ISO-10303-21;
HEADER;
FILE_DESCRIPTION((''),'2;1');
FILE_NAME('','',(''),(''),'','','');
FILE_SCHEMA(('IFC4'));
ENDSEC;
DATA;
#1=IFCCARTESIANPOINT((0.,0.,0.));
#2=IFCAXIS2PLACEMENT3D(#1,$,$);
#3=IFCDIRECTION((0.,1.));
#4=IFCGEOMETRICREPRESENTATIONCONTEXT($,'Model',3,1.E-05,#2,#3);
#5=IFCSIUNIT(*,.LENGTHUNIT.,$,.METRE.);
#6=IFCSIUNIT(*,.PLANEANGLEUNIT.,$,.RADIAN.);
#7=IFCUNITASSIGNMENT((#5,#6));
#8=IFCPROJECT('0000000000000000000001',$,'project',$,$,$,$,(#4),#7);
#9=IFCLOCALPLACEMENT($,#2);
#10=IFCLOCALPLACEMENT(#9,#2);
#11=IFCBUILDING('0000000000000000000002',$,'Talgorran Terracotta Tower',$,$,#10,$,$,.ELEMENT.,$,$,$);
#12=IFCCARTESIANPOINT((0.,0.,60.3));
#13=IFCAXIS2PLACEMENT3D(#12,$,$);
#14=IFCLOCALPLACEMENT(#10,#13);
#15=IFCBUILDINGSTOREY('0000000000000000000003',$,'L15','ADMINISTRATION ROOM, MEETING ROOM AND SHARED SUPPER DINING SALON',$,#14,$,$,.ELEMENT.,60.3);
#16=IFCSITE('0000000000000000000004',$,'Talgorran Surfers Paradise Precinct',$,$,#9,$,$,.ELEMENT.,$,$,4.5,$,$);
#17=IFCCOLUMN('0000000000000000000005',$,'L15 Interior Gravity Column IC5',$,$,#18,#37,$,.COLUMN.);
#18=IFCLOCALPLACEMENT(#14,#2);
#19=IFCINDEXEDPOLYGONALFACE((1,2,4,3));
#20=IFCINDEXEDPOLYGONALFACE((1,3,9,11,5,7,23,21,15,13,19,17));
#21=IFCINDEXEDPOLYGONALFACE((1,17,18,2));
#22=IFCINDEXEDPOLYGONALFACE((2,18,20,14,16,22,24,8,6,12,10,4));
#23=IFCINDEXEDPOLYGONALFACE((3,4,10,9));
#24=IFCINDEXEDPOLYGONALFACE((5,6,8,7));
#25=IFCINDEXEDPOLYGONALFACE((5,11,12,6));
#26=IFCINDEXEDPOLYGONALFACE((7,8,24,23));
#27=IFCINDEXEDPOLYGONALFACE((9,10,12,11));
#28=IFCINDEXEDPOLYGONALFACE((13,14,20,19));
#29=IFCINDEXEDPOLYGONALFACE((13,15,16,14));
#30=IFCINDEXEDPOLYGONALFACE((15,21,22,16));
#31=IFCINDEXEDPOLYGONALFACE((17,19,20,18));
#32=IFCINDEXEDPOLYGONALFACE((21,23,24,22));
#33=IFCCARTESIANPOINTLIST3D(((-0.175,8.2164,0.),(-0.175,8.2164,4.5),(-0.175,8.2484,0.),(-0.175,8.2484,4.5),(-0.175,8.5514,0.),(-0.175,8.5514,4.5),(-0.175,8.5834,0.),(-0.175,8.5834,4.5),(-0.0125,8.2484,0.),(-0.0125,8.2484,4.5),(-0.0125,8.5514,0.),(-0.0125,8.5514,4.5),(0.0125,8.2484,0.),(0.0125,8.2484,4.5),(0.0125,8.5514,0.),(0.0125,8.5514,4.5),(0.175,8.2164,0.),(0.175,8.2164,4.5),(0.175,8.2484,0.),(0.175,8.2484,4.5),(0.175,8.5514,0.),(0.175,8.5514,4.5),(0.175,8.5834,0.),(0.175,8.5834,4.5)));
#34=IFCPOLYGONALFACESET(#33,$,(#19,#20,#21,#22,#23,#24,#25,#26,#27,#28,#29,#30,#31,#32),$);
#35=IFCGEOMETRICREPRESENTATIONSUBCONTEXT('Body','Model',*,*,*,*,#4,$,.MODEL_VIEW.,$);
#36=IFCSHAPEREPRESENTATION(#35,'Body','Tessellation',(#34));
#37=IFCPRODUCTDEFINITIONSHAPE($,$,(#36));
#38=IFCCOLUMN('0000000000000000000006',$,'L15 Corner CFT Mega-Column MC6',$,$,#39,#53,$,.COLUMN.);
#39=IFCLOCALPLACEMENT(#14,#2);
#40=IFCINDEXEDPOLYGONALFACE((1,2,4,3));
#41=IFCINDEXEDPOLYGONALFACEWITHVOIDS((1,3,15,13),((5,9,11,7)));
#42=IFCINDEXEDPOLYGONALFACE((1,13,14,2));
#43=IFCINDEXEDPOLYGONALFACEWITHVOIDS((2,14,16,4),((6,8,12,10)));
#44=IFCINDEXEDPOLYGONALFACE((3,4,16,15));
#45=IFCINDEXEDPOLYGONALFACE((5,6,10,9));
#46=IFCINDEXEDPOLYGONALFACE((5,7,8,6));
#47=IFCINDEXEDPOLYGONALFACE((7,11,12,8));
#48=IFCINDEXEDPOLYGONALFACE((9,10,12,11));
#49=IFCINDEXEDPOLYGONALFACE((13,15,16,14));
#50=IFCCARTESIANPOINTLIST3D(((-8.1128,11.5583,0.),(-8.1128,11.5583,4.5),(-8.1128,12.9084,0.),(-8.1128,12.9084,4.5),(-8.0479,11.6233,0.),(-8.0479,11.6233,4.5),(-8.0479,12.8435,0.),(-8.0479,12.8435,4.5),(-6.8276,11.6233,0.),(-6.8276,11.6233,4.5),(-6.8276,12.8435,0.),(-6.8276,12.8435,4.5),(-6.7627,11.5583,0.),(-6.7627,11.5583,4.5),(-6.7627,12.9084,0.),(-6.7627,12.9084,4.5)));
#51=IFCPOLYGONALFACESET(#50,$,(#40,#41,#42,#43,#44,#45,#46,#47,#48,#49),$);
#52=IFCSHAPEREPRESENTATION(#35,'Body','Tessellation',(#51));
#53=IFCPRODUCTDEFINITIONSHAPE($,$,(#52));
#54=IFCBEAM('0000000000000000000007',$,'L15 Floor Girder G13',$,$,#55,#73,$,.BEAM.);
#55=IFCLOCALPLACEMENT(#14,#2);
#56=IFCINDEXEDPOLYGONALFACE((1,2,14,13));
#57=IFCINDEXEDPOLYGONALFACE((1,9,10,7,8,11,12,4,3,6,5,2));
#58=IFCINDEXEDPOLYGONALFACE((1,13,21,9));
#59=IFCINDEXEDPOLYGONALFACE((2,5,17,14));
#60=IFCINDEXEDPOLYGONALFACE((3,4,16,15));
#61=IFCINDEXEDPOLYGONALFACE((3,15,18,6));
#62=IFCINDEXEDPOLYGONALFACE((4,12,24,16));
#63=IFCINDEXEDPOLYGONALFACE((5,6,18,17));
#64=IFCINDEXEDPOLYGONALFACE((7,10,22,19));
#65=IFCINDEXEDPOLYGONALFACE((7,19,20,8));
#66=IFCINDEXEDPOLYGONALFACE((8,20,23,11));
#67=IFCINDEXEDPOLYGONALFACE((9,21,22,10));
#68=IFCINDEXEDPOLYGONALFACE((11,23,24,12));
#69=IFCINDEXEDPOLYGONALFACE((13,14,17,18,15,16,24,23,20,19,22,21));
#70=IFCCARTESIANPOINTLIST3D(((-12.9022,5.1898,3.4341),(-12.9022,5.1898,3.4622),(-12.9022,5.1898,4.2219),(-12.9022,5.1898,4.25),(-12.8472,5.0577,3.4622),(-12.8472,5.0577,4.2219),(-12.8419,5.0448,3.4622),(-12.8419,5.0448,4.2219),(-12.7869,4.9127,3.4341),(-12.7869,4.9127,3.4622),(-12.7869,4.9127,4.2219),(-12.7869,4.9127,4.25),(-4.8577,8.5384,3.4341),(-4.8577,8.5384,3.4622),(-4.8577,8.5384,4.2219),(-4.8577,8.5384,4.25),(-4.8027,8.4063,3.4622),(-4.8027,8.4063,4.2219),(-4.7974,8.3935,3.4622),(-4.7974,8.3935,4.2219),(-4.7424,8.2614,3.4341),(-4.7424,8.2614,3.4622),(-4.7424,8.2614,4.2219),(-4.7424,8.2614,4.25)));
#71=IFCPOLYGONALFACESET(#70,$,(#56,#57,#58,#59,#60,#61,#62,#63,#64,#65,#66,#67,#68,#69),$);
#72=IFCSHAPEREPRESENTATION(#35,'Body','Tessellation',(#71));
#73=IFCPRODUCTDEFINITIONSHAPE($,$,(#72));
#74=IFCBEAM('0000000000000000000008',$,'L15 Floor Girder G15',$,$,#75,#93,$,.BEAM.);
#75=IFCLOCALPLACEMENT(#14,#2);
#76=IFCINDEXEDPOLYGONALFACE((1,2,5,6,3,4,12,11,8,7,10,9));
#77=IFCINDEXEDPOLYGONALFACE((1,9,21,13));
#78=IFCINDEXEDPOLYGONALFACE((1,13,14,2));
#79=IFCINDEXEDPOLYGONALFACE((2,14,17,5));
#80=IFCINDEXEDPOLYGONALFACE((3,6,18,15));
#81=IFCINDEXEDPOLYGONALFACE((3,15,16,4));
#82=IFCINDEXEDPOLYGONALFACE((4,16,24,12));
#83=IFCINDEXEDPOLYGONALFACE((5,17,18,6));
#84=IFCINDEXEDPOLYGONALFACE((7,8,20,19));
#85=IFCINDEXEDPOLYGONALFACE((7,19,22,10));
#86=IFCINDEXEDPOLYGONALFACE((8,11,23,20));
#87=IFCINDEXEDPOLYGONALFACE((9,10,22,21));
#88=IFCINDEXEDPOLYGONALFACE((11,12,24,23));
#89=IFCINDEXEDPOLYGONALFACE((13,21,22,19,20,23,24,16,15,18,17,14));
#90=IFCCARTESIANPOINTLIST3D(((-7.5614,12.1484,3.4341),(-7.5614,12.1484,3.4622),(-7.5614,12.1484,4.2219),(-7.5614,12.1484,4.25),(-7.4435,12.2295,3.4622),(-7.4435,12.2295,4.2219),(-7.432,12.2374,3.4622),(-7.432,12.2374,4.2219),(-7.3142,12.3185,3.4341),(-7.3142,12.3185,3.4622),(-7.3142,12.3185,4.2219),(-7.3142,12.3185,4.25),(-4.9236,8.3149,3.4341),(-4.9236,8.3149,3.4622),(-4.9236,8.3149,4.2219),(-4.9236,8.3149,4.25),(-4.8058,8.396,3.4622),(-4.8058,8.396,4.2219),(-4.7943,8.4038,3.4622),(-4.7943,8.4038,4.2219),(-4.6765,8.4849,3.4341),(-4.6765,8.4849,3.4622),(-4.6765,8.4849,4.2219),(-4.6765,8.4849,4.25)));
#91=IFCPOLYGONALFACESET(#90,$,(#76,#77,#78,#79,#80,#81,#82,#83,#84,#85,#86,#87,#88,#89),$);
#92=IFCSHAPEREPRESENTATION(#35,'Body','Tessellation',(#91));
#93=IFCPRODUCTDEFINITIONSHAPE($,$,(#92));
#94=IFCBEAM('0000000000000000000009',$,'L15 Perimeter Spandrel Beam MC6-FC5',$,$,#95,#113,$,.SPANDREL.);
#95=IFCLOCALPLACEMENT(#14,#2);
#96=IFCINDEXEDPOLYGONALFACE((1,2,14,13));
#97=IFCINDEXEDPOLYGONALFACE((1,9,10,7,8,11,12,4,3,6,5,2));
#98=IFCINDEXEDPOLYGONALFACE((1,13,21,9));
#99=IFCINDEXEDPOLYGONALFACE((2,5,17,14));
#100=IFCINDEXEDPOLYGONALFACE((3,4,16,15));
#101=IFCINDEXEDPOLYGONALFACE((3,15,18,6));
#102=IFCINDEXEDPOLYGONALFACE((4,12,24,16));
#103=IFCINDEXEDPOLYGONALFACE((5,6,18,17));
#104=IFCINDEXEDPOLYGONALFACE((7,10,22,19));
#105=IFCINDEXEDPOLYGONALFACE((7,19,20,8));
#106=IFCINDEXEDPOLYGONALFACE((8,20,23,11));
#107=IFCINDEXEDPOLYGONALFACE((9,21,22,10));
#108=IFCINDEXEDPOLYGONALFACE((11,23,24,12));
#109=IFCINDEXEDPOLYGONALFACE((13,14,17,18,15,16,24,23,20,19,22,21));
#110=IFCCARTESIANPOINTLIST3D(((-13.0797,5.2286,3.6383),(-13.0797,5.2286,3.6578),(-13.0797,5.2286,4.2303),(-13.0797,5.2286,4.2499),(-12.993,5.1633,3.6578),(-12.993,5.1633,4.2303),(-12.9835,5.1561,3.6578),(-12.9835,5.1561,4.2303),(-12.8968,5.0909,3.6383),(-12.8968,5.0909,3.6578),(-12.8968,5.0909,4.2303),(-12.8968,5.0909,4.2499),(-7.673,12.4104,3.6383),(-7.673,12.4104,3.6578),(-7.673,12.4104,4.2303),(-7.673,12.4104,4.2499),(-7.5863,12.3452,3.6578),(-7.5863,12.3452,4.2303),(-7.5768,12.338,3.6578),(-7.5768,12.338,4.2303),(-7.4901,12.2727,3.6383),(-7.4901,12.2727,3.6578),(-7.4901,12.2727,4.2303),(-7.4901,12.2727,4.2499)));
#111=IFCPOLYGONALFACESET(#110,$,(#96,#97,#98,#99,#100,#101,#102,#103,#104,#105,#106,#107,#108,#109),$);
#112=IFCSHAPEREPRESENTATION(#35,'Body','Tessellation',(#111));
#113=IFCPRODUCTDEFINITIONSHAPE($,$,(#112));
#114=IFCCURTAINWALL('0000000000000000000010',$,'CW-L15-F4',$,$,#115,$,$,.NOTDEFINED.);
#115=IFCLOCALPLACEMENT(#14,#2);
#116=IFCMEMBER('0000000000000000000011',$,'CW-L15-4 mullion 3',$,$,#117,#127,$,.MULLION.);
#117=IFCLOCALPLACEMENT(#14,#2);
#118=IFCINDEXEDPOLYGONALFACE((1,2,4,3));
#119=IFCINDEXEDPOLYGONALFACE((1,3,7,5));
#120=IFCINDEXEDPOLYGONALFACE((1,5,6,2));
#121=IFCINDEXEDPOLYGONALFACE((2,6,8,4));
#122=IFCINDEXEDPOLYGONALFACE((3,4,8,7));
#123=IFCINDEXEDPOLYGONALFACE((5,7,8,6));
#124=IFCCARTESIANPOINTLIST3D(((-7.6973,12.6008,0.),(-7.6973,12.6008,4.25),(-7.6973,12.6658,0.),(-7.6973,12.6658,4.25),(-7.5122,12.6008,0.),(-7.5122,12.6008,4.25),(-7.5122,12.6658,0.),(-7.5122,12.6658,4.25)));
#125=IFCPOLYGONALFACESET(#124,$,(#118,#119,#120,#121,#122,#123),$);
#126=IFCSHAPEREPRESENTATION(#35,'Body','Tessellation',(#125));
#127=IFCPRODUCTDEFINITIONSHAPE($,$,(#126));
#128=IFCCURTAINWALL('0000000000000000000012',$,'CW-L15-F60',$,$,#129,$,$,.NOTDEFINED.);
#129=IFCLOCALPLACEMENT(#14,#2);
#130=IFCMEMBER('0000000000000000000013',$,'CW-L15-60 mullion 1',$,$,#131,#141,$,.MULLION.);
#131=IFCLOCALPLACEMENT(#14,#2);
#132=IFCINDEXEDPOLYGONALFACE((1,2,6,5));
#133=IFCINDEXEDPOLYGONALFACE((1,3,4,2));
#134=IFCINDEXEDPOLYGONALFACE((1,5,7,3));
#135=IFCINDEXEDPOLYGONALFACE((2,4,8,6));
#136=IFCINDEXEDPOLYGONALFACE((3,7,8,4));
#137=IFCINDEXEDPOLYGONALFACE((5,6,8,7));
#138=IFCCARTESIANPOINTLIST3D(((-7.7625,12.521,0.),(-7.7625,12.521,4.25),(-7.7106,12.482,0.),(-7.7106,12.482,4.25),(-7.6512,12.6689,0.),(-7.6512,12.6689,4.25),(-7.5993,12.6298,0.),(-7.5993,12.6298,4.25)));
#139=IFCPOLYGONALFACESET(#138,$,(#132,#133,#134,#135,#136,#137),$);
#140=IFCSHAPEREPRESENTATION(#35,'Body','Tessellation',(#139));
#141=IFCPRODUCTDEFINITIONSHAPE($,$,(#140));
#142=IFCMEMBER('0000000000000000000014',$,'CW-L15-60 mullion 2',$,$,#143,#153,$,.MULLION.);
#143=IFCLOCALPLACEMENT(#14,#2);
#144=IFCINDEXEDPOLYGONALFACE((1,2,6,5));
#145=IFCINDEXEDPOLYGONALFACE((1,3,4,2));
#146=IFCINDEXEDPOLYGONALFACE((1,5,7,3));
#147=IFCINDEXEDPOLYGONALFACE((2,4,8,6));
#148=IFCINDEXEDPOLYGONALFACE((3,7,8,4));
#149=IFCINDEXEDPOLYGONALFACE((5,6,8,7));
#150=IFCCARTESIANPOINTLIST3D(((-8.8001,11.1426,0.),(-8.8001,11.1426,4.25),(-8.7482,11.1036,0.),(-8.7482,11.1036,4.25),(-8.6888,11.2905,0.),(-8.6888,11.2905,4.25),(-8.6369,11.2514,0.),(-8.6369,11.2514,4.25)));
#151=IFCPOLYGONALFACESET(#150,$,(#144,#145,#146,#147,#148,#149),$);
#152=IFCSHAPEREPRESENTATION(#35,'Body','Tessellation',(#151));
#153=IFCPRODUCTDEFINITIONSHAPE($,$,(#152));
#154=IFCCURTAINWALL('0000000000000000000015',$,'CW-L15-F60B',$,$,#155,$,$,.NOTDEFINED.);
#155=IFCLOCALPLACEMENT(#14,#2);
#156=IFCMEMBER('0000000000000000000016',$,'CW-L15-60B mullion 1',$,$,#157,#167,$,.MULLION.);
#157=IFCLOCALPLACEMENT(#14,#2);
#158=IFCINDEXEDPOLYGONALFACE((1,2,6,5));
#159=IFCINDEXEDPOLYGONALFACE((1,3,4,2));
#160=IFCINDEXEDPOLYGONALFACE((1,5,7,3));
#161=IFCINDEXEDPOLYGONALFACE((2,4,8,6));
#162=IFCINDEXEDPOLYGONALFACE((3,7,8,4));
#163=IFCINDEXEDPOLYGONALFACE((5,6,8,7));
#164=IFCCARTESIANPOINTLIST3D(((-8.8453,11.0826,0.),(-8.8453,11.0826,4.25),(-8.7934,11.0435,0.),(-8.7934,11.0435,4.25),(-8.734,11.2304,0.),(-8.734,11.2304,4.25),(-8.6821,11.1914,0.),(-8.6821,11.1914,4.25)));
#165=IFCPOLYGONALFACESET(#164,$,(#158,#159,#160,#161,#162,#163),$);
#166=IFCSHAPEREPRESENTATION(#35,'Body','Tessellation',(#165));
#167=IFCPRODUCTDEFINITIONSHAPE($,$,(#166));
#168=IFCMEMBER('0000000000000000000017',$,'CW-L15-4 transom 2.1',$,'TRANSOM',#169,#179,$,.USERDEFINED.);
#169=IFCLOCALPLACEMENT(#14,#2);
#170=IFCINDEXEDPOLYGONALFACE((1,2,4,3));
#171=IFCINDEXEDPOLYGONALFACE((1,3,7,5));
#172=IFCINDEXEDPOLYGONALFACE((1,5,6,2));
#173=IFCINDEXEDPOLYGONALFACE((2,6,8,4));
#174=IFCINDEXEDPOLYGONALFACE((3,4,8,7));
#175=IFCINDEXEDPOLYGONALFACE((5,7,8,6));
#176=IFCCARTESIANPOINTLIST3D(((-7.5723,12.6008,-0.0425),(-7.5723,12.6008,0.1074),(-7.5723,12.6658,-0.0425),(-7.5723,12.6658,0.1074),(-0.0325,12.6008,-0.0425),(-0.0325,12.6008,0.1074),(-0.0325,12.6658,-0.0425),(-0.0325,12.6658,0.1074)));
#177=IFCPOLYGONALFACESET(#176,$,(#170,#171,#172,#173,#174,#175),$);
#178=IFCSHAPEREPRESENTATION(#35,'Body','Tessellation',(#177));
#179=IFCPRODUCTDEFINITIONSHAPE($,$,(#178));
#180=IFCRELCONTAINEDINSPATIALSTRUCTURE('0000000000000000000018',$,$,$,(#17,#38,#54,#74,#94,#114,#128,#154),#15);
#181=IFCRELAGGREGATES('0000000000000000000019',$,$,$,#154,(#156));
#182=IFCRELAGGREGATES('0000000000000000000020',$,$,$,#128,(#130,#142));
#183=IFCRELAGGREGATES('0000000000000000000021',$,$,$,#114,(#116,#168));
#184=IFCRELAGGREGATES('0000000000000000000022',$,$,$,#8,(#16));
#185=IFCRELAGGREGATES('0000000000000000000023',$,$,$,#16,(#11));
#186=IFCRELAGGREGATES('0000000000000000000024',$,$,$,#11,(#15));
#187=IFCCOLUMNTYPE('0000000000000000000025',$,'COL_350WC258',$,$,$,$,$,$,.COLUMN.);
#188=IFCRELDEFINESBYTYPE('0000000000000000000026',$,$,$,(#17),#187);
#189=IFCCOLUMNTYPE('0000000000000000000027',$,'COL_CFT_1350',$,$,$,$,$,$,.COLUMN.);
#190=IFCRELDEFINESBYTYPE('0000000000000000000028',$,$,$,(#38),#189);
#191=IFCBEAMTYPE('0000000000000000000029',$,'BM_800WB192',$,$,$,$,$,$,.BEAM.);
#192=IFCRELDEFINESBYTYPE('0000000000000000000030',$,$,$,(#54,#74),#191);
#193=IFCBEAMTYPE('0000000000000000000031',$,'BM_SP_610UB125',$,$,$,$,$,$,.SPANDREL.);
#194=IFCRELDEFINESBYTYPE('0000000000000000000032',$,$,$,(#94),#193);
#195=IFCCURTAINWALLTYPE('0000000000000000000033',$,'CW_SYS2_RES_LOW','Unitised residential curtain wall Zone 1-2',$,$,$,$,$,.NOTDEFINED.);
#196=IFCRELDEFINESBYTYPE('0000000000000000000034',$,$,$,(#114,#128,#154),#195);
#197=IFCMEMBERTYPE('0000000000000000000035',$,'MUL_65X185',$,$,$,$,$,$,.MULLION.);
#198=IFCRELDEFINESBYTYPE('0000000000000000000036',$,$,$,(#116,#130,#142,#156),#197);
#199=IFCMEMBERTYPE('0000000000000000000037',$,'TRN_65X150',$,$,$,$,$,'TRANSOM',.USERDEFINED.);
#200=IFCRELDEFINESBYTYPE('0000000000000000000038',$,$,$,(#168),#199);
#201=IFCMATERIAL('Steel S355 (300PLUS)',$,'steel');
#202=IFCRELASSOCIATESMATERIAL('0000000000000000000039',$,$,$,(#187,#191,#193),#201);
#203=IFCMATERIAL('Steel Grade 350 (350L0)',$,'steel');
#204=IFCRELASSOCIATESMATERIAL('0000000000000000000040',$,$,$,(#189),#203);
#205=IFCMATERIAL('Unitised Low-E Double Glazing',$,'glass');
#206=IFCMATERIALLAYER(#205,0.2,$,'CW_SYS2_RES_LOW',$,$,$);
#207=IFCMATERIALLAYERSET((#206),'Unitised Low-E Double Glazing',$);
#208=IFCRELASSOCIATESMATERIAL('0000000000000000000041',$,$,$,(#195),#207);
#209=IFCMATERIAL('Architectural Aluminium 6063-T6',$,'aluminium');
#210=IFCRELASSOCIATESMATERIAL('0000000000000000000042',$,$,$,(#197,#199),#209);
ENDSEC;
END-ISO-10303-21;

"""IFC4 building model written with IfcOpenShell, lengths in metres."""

from ifc_helpers import new_model, si_unit, direction, frame, origin, origin_2d, place, context, subcontext, project, spatial, rectangle, hollow_rectangle, i_section, extrude, material, layer, layer_set, material_profile, profile_set, type_object, element, aggregate, save


model = new_model("IFC4")

# Units and contexts
model_context = context("Model", 3, precision=1e-05, world=origin(), true_north=direction((0.0, 1.0)))
body_context = subcontext(model_context, "Body", "Model", "MODEL_VIEW")
ifc_project = project(units=[si_unit("LENGTHUNIT", "METRE"), si_unit("PLANEANGLEUNIT", "RADIAN")], contexts=[model_context])

# Site, building, storey
site_placement = place(None, origin())
site = spatial("IfcSite", under=ifc_project, at=site_placement, Name="Talgorran Surfers Paradise Precinct", CompositionType="ELEMENT", RefElevation=4.5)
building_placement = place(site_placement, origin())
building = spatial("IfcBuilding", under=site, at=building_placement, Name="Talgorran Terracotta Tower", CompositionType="ELEMENT")
storey_placement = place(building_placement, frame((0.0, 0.0, 60.3)))
storey = spatial("IfcBuildingStorey", under=building, at=storey_placement, Name="L15", Description="ADMINISTRATION ROOM, MEETING ROOM AND SHARED SUPPER DINING SALON", CompositionType="ELEMENT", Elevation=60.3)

# Columns
ifc_material_1 = material(Name="Steel S355 (300PLUS)", Category="steel")
ifc_material_profile_1 = material_profile(ifc_material_1, i_section(OverallWidth=0.3501, OverallDepth=0.3669, WebThickness=0.0249, FlangeThickness=0.032, at=origin_2d()), Name="350WC258")
ifc_profile_set_1 = profile_set([ifc_material_profile_1], Name="Steel S355 (300PLUS)")
column_type_1 = type_object("IfcColumnType", Name="COL_350WC258", PredefinedType="COLUMN", material=ifc_profile_set_1)
column_1_placement = place(storey_placement, frame((0.0, 8.3999, 0.0), z_axis=(0.0, 0.0, 1.0), x_axis=(1.0, 0.0, 0.0)))
element("IfcColumn", 1, at=column_1_placement, inside=storey, type_object=column_type_1, Name="L15 Interior Gravity Column IC5", PredefinedType="COLUMN", context=body_context, shape_type="SweptSolid", body=[
    extrude(i_section(OverallWidth=0.3501, OverallDepth=0.3669, WebThickness=0.0249, FlangeThickness=0.032, at=origin_2d()), origin(), (0.0, 0.0, 1.0), 4.5),
])
ifc_material_2 = material(Name="Steel Grade 350 (350L0)", Category="steel")
ifc_material_profile_2 = material_profile(ifc_material_2, hollow_rectangle(XDim=1.3501, YDim=1.3501, WallThickness=0.0649, at=origin_2d()), Name="CFT1350X1350X65")
ifc_profile_set_2 = profile_set([ifc_material_profile_2], Name="Steel Grade 350 (350L0)")
column_type_2 = type_object("IfcColumnType", Name="COL_CFT_1350", PredefinedType="COLUMN", material=ifc_profile_set_2)
column_2_placement = place(storey_placement, frame((-7.4377, 12.2334, 0.0), z_axis=(0.0, 0.0, 1.0), x_axis=(1.0, 0.0, 0.0)))
element("IfcColumn", 2, at=column_2_placement, inside=storey, type_object=column_type_2, Name="L15 Corner CFT Mega-Column MC6", PredefinedType="COLUMN", context=body_context, shape_type="SweptSolid", body=[
    extrude(hollow_rectangle(XDim=1.3501, YDim=1.3501, WallThickness=0.0649, at=origin_2d()), origin(), (0.0, 0.0, 1.0), 4.5),
])

# Beams
ifc_material_profile_3 = material_profile(ifc_material_1, i_section(OverallWidth=0.3, OverallDepth=0.8159, WebThickness=0.0139, FlangeThickness=0.0281, at=origin_2d()), Name="800WB192")
ifc_profile_set_3 = profile_set([ifc_material_profile_3], Name="Steel S355 (300PLUS)")
beam_type_1 = type_object("IfcBeamType", Name="BM_800WB192", PredefinedType="BEAM", material=ifc_profile_set_3)
beam_1_placement = place(storey_placement, frame((-4.8, 8.3999, 3.842), z_axis=(-0.923208, -0.384301, 0.0), x_axis=(0.384301, -0.923208, 0.0)))
element("IfcBeam", 3, at=beam_1_placement, inside=storey, type_object=beam_type_1, Name="L15 Floor Girder G13", PredefinedType="BEAM", context=body_context, shape_type="SweptSolid", body=[
    extrude(i_section(OverallWidth=0.3, OverallDepth=0.8159, WebThickness=0.0139, FlangeThickness=0.0281, at=origin_2d()), origin(), (0.0, 0.0, 1.0), 8.7136),
])
beam_2_placement = place(storey_placement, frame((-4.8, 8.3999, 3.842), z_axis=(-0.566845, 0.823824, 0.0), x_axis=(-0.823824, -0.566845, 0.0)))
element("IfcBeam", 4, at=beam_2_placement, inside=storey, type_object=beam_type_1, Name="L15 Floor Girder G15", PredefinedType="BEAM", context=body_context, shape_type="SweptSolid", body=[
    extrude(i_section(OverallWidth=0.3, OverallDepth=0.8159, WebThickness=0.0139, FlangeThickness=0.0281, at=origin_2d()), origin(), (0.0, 0.0, 1.0), 4.6533),
])
ifc_material_profile_4 = material_profile(ifc_material_1, i_section(OverallWidth=0.229, OverallDepth=0.6116, WebThickness=0.012, FlangeThickness=0.0195, at=origin_2d()), Name="610UB125")
ifc_profile_set_4 = profile_set([ifc_material_profile_4], Name="Steel S355 (300PLUS)")
beam_type_2 = type_object("IfcBeamType", Name="BM_SP_610UB125", PredefinedType="SPANDREL", material=ifc_profile_set_4)
beam_3_placement = place(storey_placement, frame((-7.5815, 12.3416, 3.9441), z_axis=(-0.601446, -0.798913, 0.0), x_axis=(0.798913, -0.601446, 0.0)))
element("IfcBeam", 5, at=beam_3_placement, inside=storey, type_object=beam_type_2, Name="L15 Perimeter Spandrel Beam MC6-FC5", PredefinedType="SPANDREL", context=body_context, shape_type="SweptSolid", body=[
    extrude(i_section(OverallWidth=0.229, OverallDepth=0.6116, WebThickness=0.012, FlangeThickness=0.0195, at=origin_2d()), origin(), (0.0, 0.0, 1.0), 8.9895),
])

# Curtain wall, member
ifc_material_3 = material(Name="Unitised Low-E Double Glazing", Category="glass")
ifc_layer_1 = layer(ifc_material_3, 0.2, Name="CW_SYS2_RES_LOW")
ifc_layer_set_1 = layer_set([ifc_layer_1], Name="Unitised Low-E Double Glazing")
curtain_wall_type = type_object("IfcCurtainWallType", Name="CW_SYS2_RES_LOW", Description="Unitised residential curtain wall Zone 1-2", PredefinedType="NOTDEFINED", material=ifc_layer_set_1)
curtain_wall_1_placement = place(storey_placement, origin())
curtain_wall_1 = element("IfcCurtainWall", 6, at=curtain_wall_1_placement, inside=storey, type_object=curtain_wall_type, Name="CW-L15-F4", PredefinedType="NOTDEFINED")
ifc_material_4 = material(Name="Architectural Aluminium 6063-T6", Category="aluminium")
ifc_material_profile_5 = material_profile(ifc_material_4, rectangle(XDim=0.0649, YDim=0.1851, at=origin_2d()), Name="CWM65X185")
ifc_profile_set_5 = profile_set([ifc_material_profile_5], Name="Architectural Aluminium 6063-T6")
member_type_1 = type_object("IfcMemberType", Name="MUL_65X185", PredefinedType="MULLION", material=ifc_profile_set_5)
member_1_placement = place(storey_placement, frame((-7.6047, 12.6333, 0.0), z_axis=(0.0, 0.0, 1.0), x_axis=(0.0, -1.0, 0.0)))
member_1 = element("IfcMember", 7, at=member_1_placement, type_object=member_type_1, Name="CW-L15-4 mullion 3", PredefinedType="MULLION", context=body_context, shape_type="SweptSolid", body=[
    extrude(rectangle(XDim=0.0649, YDim=0.1851, at=origin_2d()), origin(), (0.0, 0.0, 1.0), 4.25),
])

# Curtain wall, members
curtain_wall_2_placement = place(storey_placement, origin())
curtain_wall_2 = element("IfcCurtainWall", 8, at=curtain_wall_2_placement, inside=storey, type_object=curtain_wall_type, Name="CW-L15-F60", PredefinedType="NOTDEFINED")
member_2_placement = place(storey_placement, frame((-7.6809, 12.5754, 0.0), z_axis=(0.0, 0.0, 1.0), x_axis=(0.798906, -0.601456, 0.0)))
member_2 = element("IfcMember", 9, at=member_2_placement, type_object=member_type_1, Name="CW-L15-60 mullion 1", PredefinedType="MULLION", context=body_context, shape_type="SweptSolid", body=[
    extrude(rectangle(XDim=0.0649, YDim=0.1851, at=origin_2d()), origin(), (0.0, 0.0, 1.0), 4.25),
])
member_3_placement = place(storey_placement, frame((-8.7185, 11.197, 0.0), z_axis=(0.0, 0.0, 1.0), x_axis=(0.798906, -0.601456, 0.0)))
member_3 = element("IfcMember", 10, at=member_3_placement, type_object=member_type_1, Name="CW-L15-60 mullion 2", PredefinedType="MULLION", context=body_context, shape_type="SweptSolid", body=[
    extrude(rectangle(XDim=0.0649, YDim=0.1851, at=origin_2d()), origin(), (0.0, 0.0, 1.0), 4.25),
])

# Curtain wall, member
curtain_wall_3_placement = place(storey_placement, origin())
curtain_wall_3 = element("IfcCurtainWall", 11, at=curtain_wall_3_placement, inside=storey, type_object=curtain_wall_type, Name="CW-L15-F60B", PredefinedType="NOTDEFINED")
member_4_placement = place(storey_placement, frame((-8.7637, 11.137, 0.0), z_axis=(0.0, 0.0, 1.0), x_axis=(0.798931, -0.601423, 0.0)))
member_4 = element("IfcMember", 12, at=member_4_placement, type_object=member_type_1, Name="CW-L15-60B mullion 1", PredefinedType="MULLION", context=body_context, shape_type="SweptSolid", body=[
    extrude(rectangle(XDim=0.0649, YDim=0.1851, at=origin_2d()), origin(), (0.0, 0.0, 1.0), 4.25),
])

# Member
ifc_material_profile_6 = material_profile(ifc_material_4, rectangle(XDim=0.0649, YDim=0.1499, at=origin_2d()), Name="CWT65X150")
ifc_profile_set_6 = profile_set([ifc_material_profile_6], Name="Architectural Aluminium 6063-T6")
member_type_2 = type_object("IfcMemberType", Name="TRN_65X150", ElementType="TRANSOM", PredefinedType="USERDEFINED", material=ifc_profile_set_6)
member_5_placement = place(storey_placement, frame((-0.0325, 12.6333, 0.0325), z_axis=(-1.0, 0.0, 0.0), x_axis=(0.0, -1.0, 0.0)))
member_5 = element("IfcMember", 13, at=member_5_placement, type_object=member_type_2, Name="CW-L15-4 transom 2.1", ObjectType="TRANSOM", PredefinedType="USERDEFINED", context=body_context, shape_type="SweptSolid", body=[
    extrude(rectangle(XDim=0.0649, YDim=0.1499, at=origin_2d()), origin(), (0.0, 0.0, 1.0), 7.5398),
])
aggregate(curtain_wall_3, [member_4])

aggregate(curtain_wall_2, [member_2, member_3])
aggregate(curtain_wall_1, [member_1, member_5])

save(model, "model.ifc")
